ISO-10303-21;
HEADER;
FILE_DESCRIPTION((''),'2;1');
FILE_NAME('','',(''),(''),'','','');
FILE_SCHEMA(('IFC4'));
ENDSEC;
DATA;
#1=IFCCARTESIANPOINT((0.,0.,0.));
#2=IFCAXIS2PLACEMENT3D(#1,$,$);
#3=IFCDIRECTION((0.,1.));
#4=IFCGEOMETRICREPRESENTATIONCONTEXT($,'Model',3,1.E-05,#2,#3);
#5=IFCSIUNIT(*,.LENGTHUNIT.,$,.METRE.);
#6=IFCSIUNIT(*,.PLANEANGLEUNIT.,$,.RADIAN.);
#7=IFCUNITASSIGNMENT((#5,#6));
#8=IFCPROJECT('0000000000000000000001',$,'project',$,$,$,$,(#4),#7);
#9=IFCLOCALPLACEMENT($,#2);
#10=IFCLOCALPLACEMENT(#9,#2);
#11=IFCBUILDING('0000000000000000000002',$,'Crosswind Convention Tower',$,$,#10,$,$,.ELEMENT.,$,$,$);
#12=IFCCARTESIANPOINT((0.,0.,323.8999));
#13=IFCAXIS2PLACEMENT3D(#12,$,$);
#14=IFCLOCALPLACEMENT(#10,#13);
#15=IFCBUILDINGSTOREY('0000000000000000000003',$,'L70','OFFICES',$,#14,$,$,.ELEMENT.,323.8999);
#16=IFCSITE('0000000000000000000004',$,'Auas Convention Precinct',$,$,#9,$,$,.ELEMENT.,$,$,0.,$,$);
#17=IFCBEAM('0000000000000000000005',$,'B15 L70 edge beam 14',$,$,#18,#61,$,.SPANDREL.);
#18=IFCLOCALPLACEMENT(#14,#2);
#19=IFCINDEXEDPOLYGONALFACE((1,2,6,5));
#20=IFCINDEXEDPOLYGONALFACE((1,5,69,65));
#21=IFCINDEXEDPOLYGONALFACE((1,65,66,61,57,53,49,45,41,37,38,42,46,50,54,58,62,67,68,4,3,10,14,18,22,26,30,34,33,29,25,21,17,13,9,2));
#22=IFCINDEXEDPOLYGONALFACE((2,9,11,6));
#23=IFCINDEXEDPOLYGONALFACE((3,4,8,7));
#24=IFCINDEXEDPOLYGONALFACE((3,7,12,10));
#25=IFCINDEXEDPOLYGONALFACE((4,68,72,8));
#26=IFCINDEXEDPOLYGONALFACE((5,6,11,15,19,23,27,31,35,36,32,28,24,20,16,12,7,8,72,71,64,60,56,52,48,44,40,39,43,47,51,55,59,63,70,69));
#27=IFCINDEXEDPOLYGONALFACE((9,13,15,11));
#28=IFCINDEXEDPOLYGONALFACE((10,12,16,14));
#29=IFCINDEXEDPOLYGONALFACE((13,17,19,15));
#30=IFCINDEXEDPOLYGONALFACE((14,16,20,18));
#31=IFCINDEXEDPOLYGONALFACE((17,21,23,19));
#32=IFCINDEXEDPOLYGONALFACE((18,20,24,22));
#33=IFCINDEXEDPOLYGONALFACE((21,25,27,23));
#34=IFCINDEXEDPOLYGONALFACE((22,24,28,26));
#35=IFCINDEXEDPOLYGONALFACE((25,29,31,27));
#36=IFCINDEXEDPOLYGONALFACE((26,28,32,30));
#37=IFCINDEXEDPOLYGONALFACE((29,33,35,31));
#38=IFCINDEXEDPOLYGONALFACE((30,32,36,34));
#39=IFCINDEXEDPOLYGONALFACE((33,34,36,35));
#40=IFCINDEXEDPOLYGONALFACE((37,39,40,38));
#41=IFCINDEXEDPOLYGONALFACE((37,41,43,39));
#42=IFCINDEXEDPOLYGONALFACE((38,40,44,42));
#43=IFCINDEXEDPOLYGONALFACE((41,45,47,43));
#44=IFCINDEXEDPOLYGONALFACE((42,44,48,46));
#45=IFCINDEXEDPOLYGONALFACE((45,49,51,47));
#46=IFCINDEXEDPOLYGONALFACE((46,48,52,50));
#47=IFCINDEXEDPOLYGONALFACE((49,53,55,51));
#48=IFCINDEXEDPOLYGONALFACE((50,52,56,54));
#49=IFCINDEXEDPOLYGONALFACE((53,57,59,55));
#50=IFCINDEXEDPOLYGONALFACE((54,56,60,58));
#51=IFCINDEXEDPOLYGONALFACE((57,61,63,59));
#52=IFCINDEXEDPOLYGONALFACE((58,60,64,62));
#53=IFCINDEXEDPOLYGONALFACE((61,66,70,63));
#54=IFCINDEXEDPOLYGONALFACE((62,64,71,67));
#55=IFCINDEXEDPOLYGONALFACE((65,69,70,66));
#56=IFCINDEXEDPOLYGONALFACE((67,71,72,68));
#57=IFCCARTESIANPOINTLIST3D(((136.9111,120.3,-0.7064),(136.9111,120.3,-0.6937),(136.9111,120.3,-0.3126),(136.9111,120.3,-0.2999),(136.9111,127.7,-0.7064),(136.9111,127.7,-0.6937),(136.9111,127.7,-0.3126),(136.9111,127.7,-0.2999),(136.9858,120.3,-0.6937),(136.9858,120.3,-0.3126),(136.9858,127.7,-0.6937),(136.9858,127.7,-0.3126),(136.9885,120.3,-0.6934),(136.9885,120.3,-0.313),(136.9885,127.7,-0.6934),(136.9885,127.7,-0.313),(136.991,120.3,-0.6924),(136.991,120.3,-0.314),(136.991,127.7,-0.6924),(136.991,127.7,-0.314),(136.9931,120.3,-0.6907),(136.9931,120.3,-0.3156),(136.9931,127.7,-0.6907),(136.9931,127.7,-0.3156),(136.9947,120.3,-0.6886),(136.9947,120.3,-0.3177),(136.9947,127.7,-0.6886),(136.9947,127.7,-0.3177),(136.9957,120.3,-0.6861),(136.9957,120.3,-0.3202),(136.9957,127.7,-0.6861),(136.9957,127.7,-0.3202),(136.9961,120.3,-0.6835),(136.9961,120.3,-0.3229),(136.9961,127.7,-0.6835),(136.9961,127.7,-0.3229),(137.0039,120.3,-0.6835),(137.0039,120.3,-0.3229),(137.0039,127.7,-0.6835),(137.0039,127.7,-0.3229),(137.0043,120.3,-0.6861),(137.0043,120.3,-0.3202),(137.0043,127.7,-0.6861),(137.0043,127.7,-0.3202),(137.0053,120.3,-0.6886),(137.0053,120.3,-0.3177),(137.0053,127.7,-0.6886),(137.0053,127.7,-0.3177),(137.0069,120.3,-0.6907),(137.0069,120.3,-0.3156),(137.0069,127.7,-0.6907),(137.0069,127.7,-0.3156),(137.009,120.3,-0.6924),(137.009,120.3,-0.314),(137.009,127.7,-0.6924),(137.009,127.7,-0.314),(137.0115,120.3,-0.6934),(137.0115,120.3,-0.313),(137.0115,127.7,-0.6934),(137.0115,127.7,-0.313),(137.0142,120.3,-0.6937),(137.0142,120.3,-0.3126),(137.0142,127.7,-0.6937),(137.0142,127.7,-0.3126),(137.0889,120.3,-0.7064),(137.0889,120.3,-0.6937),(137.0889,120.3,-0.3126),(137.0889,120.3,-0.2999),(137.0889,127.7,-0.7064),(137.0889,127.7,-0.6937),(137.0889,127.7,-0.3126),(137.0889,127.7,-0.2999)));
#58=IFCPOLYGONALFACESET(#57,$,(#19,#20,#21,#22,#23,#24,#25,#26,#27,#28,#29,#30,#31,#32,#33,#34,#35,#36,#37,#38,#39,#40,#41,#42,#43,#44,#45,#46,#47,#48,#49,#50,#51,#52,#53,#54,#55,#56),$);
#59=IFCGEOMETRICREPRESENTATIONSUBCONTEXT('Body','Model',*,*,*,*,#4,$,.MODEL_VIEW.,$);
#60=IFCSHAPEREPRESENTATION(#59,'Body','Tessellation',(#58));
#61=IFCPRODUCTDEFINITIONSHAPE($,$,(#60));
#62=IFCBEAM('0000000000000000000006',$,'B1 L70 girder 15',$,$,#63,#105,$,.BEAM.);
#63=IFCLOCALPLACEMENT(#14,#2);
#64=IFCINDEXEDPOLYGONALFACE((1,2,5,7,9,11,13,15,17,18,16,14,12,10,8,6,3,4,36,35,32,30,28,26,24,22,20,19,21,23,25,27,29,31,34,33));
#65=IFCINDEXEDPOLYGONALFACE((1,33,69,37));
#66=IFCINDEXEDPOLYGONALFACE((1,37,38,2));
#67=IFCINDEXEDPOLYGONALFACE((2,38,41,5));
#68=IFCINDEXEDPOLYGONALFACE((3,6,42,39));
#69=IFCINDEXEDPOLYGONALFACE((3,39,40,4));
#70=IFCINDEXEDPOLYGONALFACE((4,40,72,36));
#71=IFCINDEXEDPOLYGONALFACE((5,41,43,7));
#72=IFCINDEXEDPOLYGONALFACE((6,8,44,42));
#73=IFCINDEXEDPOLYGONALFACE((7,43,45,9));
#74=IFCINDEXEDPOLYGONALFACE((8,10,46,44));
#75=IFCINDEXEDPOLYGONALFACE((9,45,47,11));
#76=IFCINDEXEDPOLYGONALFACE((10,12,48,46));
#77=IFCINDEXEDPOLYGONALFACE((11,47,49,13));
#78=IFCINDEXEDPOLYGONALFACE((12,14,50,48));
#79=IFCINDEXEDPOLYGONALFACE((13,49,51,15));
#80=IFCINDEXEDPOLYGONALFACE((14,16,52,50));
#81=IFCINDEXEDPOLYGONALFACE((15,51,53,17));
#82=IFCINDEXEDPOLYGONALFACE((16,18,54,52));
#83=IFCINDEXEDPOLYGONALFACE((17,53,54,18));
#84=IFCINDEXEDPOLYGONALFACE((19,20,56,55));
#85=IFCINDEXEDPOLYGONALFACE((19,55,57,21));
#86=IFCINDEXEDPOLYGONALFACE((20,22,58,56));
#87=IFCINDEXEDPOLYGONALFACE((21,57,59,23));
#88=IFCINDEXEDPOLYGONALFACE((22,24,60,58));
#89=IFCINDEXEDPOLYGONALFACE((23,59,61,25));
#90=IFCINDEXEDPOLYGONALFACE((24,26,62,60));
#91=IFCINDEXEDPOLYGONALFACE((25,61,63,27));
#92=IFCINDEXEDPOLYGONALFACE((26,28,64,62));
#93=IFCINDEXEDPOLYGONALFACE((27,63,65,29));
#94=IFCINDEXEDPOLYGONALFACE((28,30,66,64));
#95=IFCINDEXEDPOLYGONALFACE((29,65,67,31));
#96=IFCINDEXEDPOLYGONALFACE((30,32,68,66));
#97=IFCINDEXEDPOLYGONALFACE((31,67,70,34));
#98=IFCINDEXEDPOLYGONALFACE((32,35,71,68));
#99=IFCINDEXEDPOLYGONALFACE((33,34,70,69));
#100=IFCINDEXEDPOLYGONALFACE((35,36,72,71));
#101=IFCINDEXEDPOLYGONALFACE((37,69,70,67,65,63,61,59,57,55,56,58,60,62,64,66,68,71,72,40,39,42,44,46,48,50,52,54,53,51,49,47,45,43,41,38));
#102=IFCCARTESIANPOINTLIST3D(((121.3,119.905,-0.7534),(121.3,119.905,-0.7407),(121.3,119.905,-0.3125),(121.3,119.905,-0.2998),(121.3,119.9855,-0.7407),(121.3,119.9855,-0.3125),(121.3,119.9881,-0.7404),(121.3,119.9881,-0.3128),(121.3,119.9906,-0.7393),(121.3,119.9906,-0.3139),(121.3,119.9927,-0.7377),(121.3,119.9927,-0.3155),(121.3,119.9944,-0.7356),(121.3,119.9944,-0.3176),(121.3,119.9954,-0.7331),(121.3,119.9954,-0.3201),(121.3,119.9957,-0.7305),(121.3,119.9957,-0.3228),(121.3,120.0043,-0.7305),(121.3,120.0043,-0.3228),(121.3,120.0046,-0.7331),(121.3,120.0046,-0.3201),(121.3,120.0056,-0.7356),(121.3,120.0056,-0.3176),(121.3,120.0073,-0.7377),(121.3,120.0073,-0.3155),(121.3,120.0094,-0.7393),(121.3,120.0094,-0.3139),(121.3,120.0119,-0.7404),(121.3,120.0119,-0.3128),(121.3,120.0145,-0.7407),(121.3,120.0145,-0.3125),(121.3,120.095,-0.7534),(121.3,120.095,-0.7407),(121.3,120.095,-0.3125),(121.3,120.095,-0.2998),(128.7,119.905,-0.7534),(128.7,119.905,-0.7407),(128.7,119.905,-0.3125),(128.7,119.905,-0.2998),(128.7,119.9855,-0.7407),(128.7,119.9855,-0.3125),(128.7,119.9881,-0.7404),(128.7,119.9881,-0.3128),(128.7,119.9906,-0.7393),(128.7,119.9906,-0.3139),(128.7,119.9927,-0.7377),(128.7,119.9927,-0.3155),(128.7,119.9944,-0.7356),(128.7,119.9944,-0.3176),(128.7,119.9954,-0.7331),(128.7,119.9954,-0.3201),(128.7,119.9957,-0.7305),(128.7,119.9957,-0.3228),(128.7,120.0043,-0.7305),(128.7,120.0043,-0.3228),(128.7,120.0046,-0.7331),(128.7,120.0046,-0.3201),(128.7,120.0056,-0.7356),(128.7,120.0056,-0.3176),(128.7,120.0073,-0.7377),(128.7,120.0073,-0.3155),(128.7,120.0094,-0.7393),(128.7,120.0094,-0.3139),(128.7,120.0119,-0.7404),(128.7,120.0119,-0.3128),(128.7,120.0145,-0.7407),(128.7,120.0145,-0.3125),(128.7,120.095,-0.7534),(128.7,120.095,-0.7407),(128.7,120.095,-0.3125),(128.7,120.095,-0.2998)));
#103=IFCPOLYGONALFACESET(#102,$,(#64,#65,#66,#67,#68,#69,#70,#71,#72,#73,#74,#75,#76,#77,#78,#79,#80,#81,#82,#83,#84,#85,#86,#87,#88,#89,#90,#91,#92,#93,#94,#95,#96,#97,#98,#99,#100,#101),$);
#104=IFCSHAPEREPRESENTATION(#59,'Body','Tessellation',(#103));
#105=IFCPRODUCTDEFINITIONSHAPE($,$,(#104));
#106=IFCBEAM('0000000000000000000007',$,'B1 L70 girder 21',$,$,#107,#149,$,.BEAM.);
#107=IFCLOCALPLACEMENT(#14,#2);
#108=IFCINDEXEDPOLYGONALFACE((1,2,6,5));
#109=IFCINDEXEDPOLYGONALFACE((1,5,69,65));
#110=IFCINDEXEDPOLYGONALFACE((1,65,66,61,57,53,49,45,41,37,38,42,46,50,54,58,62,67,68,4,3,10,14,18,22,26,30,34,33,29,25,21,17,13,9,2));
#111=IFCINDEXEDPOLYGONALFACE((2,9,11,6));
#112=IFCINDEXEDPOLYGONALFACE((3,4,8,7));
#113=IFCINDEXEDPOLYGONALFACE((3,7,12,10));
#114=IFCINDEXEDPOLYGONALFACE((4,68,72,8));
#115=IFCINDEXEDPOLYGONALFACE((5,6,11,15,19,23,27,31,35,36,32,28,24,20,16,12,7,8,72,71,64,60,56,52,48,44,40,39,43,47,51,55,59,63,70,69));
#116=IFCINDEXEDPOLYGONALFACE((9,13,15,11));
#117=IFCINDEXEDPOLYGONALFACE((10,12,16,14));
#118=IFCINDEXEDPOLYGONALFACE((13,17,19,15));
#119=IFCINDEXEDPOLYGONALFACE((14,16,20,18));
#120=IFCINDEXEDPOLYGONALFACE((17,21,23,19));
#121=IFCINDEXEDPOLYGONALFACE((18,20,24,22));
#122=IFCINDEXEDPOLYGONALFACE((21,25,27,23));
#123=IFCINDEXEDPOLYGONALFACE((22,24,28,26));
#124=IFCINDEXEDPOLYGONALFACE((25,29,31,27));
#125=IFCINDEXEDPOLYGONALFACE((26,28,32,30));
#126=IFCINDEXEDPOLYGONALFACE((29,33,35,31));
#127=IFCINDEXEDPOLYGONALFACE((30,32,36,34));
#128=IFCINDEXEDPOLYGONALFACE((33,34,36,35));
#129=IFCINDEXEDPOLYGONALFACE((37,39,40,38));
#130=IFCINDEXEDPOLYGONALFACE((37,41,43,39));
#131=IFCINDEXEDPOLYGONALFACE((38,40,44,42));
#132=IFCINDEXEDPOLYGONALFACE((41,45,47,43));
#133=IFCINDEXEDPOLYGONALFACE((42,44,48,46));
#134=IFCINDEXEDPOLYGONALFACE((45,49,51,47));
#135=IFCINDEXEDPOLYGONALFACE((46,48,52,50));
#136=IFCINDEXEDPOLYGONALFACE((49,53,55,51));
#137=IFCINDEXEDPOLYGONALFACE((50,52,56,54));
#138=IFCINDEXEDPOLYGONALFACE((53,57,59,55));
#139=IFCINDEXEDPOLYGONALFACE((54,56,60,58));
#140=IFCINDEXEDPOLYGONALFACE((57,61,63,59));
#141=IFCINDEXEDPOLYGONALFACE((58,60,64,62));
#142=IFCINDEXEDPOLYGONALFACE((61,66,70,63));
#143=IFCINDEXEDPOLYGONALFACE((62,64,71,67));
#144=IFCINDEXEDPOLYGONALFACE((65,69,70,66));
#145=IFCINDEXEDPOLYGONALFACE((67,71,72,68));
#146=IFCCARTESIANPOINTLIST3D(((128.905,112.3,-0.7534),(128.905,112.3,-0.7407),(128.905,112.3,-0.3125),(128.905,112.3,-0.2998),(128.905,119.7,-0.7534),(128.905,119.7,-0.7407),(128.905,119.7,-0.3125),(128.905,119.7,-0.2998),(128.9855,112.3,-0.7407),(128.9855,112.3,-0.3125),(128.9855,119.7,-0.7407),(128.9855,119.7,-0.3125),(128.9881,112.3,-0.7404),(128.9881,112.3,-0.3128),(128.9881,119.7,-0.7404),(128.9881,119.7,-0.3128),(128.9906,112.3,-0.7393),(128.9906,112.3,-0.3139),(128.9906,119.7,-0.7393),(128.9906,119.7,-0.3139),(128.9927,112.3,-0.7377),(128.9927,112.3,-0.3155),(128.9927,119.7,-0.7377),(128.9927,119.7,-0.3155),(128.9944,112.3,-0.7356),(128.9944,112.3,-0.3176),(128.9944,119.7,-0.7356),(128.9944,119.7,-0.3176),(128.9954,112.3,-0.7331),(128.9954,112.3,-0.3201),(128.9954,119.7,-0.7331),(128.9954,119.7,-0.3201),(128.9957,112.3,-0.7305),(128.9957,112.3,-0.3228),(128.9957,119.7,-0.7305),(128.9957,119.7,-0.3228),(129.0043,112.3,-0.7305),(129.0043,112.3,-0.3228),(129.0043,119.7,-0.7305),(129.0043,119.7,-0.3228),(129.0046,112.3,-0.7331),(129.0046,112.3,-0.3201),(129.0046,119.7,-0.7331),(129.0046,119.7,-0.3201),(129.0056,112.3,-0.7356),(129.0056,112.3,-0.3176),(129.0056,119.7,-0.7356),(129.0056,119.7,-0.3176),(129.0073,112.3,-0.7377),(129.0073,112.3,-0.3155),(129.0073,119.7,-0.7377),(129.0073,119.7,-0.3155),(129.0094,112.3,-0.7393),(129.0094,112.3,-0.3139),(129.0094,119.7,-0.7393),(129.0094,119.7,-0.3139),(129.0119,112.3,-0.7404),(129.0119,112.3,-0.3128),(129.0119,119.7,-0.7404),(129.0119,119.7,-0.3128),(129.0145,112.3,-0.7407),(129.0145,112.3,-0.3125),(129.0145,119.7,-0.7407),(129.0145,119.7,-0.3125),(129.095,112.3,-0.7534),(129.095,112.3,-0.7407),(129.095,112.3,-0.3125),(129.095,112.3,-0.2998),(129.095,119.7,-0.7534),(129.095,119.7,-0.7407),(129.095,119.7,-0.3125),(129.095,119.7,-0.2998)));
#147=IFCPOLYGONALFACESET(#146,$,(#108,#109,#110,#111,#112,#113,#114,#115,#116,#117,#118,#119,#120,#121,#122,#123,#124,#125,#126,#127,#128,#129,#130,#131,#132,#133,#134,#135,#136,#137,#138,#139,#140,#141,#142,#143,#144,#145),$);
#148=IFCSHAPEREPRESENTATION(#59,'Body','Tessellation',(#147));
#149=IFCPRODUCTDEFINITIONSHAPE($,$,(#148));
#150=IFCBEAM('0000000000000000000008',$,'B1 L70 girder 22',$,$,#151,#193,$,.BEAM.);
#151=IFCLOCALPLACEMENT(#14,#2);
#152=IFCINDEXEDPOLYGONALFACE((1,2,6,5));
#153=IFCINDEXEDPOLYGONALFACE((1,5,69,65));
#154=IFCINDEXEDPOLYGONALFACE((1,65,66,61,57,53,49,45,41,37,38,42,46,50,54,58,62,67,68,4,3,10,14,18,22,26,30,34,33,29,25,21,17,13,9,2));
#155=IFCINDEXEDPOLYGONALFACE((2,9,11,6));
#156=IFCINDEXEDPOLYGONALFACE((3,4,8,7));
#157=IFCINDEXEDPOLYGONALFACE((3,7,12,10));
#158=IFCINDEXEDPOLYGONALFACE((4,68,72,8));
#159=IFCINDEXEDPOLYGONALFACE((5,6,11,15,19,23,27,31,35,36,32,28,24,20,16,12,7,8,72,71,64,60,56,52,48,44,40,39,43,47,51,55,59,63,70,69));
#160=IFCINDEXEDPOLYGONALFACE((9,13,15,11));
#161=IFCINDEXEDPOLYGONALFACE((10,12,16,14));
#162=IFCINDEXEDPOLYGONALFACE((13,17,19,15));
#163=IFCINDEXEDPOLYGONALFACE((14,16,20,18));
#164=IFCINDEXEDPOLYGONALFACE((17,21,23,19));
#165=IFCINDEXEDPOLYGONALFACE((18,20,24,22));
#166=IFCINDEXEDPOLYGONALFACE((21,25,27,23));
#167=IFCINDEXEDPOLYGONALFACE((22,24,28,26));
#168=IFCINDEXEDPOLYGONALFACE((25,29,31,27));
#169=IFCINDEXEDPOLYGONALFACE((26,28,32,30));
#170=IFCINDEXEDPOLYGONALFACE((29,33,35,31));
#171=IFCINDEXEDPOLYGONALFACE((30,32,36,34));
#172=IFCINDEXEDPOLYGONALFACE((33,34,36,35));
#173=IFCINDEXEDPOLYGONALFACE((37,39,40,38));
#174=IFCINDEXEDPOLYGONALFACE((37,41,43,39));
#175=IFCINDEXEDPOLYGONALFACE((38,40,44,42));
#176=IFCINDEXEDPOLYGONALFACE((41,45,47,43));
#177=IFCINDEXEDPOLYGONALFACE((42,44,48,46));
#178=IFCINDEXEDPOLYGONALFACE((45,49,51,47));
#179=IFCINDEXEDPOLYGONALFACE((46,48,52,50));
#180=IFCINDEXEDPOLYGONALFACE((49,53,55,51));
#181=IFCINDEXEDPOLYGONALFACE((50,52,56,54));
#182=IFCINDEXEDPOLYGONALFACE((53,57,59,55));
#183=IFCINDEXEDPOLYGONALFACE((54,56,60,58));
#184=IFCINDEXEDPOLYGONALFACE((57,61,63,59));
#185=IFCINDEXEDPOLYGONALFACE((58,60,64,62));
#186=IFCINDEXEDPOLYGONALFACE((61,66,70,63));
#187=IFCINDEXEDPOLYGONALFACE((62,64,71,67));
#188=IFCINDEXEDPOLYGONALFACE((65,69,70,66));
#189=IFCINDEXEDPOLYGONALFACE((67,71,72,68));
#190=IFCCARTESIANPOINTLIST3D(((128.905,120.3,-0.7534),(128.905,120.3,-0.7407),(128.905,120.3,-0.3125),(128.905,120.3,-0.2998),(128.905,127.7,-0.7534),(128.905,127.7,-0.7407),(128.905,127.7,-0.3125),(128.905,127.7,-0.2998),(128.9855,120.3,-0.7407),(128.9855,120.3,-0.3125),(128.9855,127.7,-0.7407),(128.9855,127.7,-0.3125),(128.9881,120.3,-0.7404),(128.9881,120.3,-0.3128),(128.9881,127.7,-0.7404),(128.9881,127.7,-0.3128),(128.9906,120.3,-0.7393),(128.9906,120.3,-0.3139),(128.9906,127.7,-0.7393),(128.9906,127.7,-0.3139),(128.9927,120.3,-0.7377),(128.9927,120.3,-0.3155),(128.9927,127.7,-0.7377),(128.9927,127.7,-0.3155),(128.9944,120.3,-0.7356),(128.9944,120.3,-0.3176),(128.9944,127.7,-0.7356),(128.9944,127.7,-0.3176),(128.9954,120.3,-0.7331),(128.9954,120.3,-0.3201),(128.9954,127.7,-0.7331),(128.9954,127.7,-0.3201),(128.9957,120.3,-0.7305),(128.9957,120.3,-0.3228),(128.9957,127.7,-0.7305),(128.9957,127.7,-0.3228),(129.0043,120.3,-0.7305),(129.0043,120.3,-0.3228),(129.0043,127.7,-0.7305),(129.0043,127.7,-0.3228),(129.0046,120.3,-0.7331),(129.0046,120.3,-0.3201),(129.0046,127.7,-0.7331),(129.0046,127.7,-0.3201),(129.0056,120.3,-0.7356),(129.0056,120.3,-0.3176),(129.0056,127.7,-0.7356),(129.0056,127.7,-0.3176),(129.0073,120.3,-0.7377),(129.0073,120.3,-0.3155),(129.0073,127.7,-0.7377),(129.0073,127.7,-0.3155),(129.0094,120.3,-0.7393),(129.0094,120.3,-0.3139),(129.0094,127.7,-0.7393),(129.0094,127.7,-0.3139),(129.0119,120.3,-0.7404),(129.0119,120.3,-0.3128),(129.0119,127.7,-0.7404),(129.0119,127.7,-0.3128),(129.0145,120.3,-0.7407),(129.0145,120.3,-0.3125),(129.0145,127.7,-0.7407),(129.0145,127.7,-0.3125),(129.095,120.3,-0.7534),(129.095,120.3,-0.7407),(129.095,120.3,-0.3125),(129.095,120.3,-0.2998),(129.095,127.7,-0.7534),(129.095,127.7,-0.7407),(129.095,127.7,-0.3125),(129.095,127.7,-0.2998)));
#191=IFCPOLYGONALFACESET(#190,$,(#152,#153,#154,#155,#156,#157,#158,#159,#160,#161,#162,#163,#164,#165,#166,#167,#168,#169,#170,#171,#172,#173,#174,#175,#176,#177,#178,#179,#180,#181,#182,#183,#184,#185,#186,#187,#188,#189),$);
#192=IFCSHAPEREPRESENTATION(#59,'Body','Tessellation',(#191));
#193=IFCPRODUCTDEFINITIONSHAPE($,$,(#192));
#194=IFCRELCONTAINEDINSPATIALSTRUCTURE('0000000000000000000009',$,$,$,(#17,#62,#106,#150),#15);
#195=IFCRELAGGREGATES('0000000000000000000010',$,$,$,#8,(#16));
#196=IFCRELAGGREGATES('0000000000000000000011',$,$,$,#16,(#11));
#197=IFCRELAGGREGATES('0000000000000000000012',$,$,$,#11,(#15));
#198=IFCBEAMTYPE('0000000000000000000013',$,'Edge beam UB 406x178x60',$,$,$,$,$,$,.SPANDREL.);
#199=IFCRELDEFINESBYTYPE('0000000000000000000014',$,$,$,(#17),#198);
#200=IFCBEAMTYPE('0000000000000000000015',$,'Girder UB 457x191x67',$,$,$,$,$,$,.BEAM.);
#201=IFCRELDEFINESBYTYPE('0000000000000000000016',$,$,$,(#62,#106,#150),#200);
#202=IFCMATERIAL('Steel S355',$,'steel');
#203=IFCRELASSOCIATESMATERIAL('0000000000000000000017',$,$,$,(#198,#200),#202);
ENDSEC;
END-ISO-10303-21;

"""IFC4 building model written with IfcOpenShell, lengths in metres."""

from ifc_helpers import new_model, si_unit, direction, frame, origin, origin_2d, place, context, subcontext, project, spatial, i_section, extrude, material, material_profile, profile_set, type_object, element, save


model = new_model("IFC4")

# Units and contexts
model_context = context("Model", 3, precision=1e-05, world=origin(), true_north=direction((0.0, 1.0)))
body_context = subcontext(model_context, "Body", "Model", "MODEL_VIEW")
ifc_project = project(units=[si_unit("LENGTHUNIT", "METRE"), si_unit("PLANEANGLEUNIT", "RADIAN")], contexts=[model_context])

# Site, building, storey
site_placement = place(None, origin())
site = spatial("IfcSite", under=ifc_project, at=site_placement, Name="Auas Convention Precinct", CompositionType="ELEMENT", RefElevation=0.0)
building_placement = place(site_placement, origin())
building = spatial("IfcBuilding", under=site, at=building_placement, Name="Crosswind Convention Tower", CompositionType="ELEMENT")
storey_placement = place(building_placement, frame((0.0, 0.0, 323.8999)))
storey = spatial("IfcBuildingStorey", under=building, at=storey_placement, Name="L70", Description="OFFICES", CompositionType="ELEMENT", Elevation=323.8999)

# Beams
ifc_material_1 = material(Name="Steel S355", Category="steel")
ifc_material_profile_1 = material_profile(ifc_material_1, i_section(OverallWidth=0.1777, OverallDepth=0.4065, WebThickness=0.0078, FlangeThickness=0.0127, FilletRadius=0.0103, at=origin_2d()), Name="UB 406x178x60")
ifc_profile_set_1 = profile_set([ifc_material_profile_1], Name="Steel S355")
beam_type_1 = type_object("IfcBeamType", Name="Edge beam UB 406x178x60", PredefinedType="SPANDREL", material=ifc_profile_set_1)
beam_1_placement = place(storey_placement, frame((137.0, 120.3, -0.5032), z_axis=(0.0, 1.0, 0.0), x_axis=(-1.0, 0.0, 0.0)))
element("IfcBeam", 1, at=beam_1_placement, inside=storey, type_object=beam_type_1, Name="B15 L70 edge beam 14", PredefinedType="SPANDREL", context=body_context, shape_type="SweptSolid", body=[
    extrude(i_section(OverallWidth=0.1777, OverallDepth=0.4065, WebThickness=0.0078, FlangeThickness=0.0127, FilletRadius=0.0103, at=origin_2d()), origin(), (0.0, 0.0, 1.0), 7.3999),
])
ifc_material_profile_2 = material_profile(ifc_material_1, i_section(OverallWidth=0.1899, OverallDepth=0.4536, WebThickness=0.0085, FlangeThickness=0.0127, FilletRadius=0.0103, at=origin_2d()), Name="UB 457x191x67")
ifc_profile_set_2 = profile_set([ifc_material_profile_2], Name="Steel S355")
beam_type_2 = type_object("IfcBeamType", Name="Girder UB 457x191x67", PredefinedType="BEAM", material=ifc_profile_set_2)
for number, where, z_axis, x_axis, name in (
    (2, (121.3, 120.0, -0.5266), (1.0, 0.0, 0.0), (0.0, 1.0, 0.0), "B1 L70 girder 15"),
    (3, (129.0, 112.3, -0.5266), (0.0, 1.0, 0.0), (-1.0, 0.0, 0.0), "B1 L70 girder 21"),
    (4, (129.0, 120.3, -0.5266), (0.0, 1.0, 0.0), (-1.0, 0.0, 0.0), "B1 L70 girder 22"),
):
    element("IfcBeam", number, at=place(storey_placement, frame(where, z_axis=z_axis, x_axis=x_axis)), inside=storey, type_object=beam_type_2, Name=name, PredefinedType="BEAM", context=body_context, shape_type="SweptSolid", body=[
        extrude(i_section(OverallWidth=0.1899, OverallDepth=0.4536, WebThickness=0.0085, FlangeThickness=0.0127, FilletRadius=0.0103, at=origin_2d()), origin(), (0.0, 0.0, 1.0), 7.3999),
    ])

save(model, "model.ifc")
